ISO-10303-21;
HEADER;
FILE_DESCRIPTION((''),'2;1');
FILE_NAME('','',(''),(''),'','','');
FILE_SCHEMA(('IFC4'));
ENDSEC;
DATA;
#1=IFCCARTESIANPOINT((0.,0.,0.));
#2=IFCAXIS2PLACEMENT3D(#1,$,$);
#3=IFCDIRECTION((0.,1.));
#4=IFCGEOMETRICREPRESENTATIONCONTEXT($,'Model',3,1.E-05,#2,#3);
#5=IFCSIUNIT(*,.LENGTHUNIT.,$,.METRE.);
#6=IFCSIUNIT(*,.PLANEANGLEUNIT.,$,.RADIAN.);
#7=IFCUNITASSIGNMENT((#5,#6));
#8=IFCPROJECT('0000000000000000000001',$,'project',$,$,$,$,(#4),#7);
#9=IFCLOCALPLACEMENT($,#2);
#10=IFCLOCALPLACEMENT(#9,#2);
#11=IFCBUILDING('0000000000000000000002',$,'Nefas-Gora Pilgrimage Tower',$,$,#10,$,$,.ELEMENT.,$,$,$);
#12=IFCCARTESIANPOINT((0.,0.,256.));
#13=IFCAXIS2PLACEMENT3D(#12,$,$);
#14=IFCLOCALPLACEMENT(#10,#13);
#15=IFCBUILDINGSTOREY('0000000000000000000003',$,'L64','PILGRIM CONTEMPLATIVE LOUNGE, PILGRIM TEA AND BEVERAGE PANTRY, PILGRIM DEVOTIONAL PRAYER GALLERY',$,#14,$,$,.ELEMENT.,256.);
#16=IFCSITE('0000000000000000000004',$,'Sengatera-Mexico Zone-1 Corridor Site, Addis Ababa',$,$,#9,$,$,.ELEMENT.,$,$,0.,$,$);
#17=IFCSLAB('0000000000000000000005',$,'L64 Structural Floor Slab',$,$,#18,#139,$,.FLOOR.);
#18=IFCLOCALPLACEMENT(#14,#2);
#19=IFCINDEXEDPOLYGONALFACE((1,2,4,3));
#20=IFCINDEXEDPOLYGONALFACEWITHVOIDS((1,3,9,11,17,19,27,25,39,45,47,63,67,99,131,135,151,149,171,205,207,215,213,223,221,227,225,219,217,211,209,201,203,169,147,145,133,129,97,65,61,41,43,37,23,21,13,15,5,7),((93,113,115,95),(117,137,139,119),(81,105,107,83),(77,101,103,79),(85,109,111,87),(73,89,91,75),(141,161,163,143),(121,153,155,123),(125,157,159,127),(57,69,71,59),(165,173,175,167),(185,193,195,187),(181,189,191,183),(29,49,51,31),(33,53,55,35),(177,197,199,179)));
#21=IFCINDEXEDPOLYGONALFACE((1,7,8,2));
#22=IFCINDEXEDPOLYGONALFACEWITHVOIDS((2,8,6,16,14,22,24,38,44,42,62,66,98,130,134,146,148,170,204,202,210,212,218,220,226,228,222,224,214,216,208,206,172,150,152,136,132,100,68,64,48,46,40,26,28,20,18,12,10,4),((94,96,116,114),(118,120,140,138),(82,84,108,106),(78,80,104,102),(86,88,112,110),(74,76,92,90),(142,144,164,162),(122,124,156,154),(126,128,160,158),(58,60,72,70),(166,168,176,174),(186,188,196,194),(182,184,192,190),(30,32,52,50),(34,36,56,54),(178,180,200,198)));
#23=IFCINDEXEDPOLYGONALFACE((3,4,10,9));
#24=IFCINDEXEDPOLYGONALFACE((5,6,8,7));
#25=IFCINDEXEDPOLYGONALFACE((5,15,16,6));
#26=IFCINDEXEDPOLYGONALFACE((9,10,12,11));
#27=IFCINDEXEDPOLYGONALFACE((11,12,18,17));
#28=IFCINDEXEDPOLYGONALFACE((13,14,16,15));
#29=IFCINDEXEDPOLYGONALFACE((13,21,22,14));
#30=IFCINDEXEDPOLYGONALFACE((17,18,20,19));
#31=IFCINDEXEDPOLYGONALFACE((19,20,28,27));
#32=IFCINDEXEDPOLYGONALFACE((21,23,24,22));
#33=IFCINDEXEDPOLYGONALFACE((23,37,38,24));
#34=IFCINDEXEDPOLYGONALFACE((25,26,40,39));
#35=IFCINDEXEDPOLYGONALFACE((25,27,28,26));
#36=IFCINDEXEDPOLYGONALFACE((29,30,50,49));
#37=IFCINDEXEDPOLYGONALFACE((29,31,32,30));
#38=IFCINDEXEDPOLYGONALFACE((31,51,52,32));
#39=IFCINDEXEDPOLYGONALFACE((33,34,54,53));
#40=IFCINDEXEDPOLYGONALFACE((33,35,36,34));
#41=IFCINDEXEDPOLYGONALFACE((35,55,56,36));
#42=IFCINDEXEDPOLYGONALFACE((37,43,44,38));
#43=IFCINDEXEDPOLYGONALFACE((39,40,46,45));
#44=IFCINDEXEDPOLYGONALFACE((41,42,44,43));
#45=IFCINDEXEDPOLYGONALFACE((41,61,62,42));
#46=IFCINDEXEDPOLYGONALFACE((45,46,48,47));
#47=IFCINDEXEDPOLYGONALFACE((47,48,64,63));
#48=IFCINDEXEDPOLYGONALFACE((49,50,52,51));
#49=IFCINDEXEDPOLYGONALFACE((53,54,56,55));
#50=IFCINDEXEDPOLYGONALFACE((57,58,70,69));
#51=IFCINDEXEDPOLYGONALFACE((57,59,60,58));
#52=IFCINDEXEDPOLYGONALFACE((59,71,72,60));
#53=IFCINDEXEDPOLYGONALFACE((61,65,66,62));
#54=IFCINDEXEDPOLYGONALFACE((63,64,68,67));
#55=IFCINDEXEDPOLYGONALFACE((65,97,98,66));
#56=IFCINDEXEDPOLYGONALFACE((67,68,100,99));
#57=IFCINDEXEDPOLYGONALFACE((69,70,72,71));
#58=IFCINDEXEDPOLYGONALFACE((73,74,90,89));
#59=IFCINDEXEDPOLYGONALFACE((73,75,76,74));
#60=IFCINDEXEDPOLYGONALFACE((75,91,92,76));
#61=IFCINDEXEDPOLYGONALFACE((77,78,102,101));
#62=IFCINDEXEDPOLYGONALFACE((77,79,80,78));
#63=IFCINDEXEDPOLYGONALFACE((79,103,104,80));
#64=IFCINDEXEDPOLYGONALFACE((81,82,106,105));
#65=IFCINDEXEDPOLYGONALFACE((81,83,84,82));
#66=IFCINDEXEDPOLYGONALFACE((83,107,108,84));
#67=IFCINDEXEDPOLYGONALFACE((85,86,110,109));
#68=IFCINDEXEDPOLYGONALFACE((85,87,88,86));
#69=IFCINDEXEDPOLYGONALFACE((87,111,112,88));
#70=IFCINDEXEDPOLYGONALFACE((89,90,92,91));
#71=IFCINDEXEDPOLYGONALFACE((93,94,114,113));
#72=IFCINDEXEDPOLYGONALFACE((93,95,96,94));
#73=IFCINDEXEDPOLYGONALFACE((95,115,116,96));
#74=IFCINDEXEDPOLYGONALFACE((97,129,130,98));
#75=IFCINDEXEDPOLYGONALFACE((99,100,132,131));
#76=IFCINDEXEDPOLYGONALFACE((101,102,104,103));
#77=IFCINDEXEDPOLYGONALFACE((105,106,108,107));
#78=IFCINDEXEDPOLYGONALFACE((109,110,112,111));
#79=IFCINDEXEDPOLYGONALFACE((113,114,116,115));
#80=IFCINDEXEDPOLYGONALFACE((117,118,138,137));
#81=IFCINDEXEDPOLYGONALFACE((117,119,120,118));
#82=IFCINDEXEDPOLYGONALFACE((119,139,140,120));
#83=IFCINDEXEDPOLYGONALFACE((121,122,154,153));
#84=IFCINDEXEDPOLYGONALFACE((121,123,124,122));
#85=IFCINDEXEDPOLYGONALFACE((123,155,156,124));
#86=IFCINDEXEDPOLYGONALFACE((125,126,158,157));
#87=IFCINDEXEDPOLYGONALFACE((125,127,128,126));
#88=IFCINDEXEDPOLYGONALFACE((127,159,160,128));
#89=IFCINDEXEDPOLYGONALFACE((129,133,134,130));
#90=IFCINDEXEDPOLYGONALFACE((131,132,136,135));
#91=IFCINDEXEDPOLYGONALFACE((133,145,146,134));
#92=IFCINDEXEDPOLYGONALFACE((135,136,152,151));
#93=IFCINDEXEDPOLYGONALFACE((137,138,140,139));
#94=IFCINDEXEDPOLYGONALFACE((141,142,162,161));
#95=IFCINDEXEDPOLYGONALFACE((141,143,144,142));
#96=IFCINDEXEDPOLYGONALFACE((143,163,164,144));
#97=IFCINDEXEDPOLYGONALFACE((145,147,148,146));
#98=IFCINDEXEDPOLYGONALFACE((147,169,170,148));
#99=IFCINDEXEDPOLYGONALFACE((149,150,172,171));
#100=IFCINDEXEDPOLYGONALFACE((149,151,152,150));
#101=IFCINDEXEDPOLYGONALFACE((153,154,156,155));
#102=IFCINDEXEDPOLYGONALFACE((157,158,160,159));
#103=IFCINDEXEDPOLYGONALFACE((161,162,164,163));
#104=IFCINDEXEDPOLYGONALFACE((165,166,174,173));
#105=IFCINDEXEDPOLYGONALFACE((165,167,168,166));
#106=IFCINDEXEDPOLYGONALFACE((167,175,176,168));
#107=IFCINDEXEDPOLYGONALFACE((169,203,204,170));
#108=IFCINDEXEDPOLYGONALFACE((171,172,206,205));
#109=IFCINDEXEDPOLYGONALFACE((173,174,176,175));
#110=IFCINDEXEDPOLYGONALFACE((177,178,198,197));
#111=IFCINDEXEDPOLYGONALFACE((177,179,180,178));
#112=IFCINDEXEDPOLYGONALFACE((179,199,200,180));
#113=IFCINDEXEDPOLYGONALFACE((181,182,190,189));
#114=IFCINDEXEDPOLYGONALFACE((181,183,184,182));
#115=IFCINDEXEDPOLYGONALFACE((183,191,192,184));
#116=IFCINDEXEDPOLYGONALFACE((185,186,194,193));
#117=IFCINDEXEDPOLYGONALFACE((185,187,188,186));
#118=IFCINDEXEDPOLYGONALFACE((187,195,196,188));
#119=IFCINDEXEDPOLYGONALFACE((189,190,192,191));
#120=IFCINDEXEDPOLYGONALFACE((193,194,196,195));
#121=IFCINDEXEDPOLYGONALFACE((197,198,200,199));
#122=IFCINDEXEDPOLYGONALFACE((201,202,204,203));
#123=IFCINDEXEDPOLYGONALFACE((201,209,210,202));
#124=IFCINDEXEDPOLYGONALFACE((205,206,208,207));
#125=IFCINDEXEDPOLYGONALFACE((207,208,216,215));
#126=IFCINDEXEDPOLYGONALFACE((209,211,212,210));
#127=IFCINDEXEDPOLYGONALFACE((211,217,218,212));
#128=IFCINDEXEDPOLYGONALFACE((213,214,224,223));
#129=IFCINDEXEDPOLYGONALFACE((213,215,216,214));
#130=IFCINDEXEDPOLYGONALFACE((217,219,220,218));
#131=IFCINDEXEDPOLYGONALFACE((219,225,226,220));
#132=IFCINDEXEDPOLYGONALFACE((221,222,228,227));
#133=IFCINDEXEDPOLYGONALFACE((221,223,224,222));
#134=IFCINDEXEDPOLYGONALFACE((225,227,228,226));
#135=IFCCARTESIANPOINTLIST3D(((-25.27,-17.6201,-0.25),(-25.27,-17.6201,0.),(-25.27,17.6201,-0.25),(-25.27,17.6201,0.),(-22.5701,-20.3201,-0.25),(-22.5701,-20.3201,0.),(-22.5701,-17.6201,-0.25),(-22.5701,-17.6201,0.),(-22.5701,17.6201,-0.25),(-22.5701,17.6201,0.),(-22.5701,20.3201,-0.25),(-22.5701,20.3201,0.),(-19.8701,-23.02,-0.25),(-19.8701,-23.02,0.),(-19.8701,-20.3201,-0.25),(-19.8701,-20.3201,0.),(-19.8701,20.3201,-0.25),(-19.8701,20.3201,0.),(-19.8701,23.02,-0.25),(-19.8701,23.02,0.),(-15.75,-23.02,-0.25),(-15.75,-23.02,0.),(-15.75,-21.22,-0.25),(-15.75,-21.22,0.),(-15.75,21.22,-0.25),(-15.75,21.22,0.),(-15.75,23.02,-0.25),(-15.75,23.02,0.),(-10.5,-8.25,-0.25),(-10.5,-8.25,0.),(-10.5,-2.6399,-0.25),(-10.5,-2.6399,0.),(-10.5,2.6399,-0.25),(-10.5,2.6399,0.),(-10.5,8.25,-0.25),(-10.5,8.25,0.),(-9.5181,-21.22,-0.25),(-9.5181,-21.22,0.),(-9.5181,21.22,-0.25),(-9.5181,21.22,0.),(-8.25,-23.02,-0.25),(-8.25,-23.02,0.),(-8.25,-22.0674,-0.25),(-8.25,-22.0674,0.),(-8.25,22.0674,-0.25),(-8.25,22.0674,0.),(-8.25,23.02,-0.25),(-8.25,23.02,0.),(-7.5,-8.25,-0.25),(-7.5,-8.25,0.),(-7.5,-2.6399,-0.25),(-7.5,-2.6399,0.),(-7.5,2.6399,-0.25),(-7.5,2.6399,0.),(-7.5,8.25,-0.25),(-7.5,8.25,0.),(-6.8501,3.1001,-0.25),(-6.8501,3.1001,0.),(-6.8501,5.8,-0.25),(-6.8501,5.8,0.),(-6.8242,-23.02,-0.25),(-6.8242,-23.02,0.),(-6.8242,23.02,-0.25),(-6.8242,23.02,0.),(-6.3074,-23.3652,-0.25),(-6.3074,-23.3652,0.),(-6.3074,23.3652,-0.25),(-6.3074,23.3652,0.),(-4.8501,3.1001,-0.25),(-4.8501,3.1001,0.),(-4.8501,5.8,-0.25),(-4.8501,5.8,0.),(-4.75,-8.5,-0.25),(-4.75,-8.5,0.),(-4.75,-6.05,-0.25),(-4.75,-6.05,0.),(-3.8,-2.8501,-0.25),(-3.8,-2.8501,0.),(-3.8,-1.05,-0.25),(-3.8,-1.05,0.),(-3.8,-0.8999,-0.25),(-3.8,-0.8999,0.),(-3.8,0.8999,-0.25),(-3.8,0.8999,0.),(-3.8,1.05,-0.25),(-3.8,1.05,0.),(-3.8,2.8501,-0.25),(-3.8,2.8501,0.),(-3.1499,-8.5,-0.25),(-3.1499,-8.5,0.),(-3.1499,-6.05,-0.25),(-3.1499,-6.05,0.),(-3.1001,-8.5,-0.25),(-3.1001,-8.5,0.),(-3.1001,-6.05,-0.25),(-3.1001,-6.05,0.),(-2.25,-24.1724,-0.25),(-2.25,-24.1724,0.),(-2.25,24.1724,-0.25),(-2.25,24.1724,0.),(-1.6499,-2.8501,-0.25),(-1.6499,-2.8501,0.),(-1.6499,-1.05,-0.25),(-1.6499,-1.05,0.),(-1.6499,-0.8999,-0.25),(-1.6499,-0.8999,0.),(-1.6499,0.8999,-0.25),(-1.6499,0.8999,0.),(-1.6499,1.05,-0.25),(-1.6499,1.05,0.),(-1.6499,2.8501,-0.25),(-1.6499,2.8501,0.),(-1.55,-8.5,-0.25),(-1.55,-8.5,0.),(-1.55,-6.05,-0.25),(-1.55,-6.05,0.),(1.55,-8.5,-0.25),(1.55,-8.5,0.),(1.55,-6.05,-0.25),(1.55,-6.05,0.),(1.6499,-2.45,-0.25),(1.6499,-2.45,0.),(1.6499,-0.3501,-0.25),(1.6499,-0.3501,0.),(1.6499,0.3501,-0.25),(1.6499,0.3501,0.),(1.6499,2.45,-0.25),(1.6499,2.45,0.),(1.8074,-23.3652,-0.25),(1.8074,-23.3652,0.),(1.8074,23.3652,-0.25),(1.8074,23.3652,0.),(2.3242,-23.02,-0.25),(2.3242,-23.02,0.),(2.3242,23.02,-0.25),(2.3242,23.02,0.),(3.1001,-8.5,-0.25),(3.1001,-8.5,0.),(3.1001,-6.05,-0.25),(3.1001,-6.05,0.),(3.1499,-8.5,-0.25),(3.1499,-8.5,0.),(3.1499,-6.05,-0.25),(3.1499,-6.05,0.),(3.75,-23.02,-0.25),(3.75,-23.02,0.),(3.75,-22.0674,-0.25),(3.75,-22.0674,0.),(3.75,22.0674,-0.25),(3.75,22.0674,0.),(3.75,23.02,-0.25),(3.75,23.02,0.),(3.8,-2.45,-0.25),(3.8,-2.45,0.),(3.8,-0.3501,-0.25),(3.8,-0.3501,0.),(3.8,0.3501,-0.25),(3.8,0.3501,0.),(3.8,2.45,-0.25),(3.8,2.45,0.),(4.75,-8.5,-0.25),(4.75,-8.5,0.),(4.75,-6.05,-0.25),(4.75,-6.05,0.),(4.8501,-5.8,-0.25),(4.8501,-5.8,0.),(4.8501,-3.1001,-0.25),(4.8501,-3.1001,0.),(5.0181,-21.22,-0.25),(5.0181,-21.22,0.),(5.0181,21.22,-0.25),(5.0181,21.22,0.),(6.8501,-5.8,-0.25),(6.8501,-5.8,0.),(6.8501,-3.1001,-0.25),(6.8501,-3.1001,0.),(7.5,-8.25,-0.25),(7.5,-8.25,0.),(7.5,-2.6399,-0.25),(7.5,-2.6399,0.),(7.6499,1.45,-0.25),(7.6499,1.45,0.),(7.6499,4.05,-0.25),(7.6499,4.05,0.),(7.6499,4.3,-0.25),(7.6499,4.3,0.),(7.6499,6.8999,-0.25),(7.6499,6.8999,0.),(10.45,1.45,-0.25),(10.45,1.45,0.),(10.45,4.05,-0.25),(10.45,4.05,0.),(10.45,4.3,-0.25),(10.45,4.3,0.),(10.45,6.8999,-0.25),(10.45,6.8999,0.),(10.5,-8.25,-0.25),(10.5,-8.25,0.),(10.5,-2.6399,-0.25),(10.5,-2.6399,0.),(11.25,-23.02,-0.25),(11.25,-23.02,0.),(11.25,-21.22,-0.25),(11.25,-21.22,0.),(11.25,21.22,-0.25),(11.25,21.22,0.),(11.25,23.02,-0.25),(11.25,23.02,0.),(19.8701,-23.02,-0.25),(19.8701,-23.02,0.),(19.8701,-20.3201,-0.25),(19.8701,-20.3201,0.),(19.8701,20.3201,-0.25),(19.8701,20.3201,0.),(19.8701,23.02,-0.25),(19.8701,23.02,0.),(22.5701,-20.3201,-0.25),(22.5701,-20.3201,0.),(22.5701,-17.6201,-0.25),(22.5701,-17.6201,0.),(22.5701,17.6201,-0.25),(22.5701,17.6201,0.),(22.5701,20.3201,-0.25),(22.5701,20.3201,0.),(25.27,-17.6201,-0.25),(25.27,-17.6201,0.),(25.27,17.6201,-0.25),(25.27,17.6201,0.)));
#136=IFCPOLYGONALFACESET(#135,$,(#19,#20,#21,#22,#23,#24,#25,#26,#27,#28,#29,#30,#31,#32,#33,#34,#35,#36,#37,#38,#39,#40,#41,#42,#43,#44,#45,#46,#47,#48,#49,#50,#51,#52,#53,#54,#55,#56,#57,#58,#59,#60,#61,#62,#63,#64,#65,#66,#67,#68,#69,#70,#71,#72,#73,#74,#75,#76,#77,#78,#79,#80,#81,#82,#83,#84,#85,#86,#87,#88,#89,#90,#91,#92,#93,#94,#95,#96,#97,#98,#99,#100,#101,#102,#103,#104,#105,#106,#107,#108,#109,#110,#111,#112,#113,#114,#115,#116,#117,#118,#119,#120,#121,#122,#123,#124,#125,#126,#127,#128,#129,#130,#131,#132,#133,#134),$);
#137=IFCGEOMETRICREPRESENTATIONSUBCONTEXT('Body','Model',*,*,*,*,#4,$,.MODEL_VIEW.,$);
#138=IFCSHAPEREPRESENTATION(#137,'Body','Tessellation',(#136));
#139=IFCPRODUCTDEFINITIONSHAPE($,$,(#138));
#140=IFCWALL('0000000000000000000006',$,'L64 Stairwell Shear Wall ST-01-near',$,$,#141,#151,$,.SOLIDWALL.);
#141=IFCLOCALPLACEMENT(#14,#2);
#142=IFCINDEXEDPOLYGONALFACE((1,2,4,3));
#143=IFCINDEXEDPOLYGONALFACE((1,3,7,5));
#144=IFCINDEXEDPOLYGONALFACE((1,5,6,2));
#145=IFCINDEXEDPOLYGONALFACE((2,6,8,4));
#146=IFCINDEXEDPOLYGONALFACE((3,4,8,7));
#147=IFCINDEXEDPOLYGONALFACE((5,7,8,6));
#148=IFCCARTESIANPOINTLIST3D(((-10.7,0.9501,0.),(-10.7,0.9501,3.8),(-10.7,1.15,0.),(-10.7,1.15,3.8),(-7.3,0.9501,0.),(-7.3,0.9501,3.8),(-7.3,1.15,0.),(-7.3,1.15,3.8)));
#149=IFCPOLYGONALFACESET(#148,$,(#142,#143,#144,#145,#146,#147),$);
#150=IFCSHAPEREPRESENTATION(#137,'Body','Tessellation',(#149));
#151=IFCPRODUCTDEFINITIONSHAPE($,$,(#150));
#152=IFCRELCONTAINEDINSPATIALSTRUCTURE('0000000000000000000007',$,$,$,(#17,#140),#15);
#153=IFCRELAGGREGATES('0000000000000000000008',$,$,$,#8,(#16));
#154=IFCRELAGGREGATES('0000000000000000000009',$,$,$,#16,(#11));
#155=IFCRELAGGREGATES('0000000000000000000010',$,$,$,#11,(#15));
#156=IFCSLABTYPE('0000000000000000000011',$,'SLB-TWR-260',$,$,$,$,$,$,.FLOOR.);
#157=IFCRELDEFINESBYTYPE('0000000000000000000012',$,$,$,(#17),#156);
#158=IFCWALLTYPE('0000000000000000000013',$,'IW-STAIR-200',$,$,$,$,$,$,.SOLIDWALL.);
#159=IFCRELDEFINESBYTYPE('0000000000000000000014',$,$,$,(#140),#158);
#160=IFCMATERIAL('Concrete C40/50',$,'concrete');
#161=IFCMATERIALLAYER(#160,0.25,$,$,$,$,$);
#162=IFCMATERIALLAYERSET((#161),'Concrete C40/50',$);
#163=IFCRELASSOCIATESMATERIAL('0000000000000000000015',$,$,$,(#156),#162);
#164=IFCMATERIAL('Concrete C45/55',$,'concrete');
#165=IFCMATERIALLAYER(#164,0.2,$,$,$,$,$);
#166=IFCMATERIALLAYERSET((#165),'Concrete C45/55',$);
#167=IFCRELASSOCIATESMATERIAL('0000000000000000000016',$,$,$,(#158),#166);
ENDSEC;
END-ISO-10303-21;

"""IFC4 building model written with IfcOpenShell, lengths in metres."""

from ifc_helpers import new_model, si_unit, direction, frame, frame_2d, origin, place, context, subcontext, project, spatial, polyline, rectangle, outline, extrude, source, transform, mapped, material, layer, layer_set, type_object, element, save


model = new_model("IFC4")

# Units and contexts
model_context = context("Model", 3, precision=1e-05, world=origin(), true_north=direction((0.0, 1.0)))
body_context = subcontext(model_context, "Body", "Model", "MODEL_VIEW")
ifc_project = project(units=[si_unit("LENGTHUNIT", "METRE"), si_unit("PLANEANGLEUNIT", "RADIAN")], contexts=[model_context])

# Site, building, storey
site_placement = place(None, origin())
site = spatial("IfcSite", under=ifc_project, at=site_placement, Name="Sengatera-Mexico Zone-1 Corridor Site, Addis Ababa", CompositionType="ELEMENT", RefElevation=0.0)
building_placement = place(site_placement, origin())
building = spatial("IfcBuilding", under=site, at=building_placement, Name="Nefas-Gora Pilgrimage Tower", CompositionType="ELEMENT")
storey_placement = place(building_placement, frame((0.0, 0.0, 256.0)))
storey = spatial("IfcBuildingStorey", under=building, at=storey_placement, Name="L64", Description="PILGRIM CONTEMPLATIVE LOUNGE, PILGRIM TEA AND BEVERAGE PANTRY, PILGRIM DEVOTIONAL PRAYER GALLERY", CompositionType="ELEMENT", Elevation=256.0)

# Slab
ifc_material_1 = material(Name="Concrete C40/50", Category="concrete")
ifc_layer_1 = layer(ifc_material_1, 0.25)
ifc_layer_set_1 = layer_set([ifc_layer_1], Name="Concrete C40/50")
slab_type_1 = type_object("IfcSlabType", Name="SLB-TWR-260", PredefinedType="FLOOR", material=ifc_layer_set_1)
slab_1_placement = place(storey_placement, frame((0.0, 0.0, -0.25)))
element("IfcSlab", 1, at=slab_1_placement, inside=storey, type_object=slab_type_1, Name="L64 Structural Floor Slab", PredefinedType="FLOOR", context=body_context, shape_type="SweptSolid", body=[
    extrude(outline(polyline([(5.0181, -21.22), (11.25, -21.22), (11.25, -23.02), (19.8701, -23.02), (19.8701, -20.3201), (22.5701, -20.3201), (22.5701, -17.6201), (25.27, -17.6201), (25.27, 17.6201), (22.5701, 17.6201), (22.5701, 20.3201), (19.8701, 20.3201), (19.8701, 23.02), (11.25, 23.02), (11.25, 21.22), (5.0181, 21.22), (3.75, 22.0674), (3.75, 23.02), (2.3242, 23.02), (1.8074, 23.3652), (-2.25, 24.1724), (-6.3074, 23.3652), (-6.8242, 23.02), (-8.25, 23.02), (-8.25, 22.0674), (-9.5181, 21.22), (-15.75, 21.22), (-15.75, 23.02), (-19.8701, 23.02), (-19.8701, 20.3201), (-22.5701, 20.3201), (-22.5701, 17.6201), (-25.27, 17.6201), (-25.27, -17.6201), (-22.5701, -17.6201), (-22.5701, -20.3201), (-19.8701, -20.3201), (-19.8701, -23.02), (-15.75, -23.02), (-15.75, -21.22), (-9.5181, -21.22), (-8.25, -22.0674), (-8.25, -23.02), (-6.8242, -23.02), (-6.3074, -23.3652), (-2.25, -24.1724), (1.8074, -23.3652), (2.3242, -23.02), (3.75, -23.02), (3.75, -22.0674), (5.0181, -21.22)]), holes=[polyline([(-10.5, 2.6399), (-10.5, 8.25), (-7.5, 8.25), (-7.5, 2.6399), (-10.5, 2.6399)]), polyline([(10.5, -2.6399), (10.5, -8.25), (7.5, -8.25), (7.5, -2.6399), (10.5, -2.6399)]), polyline([(-7.5, -2.6399), (-7.5, -8.25), (-10.5, -8.25), (-10.5, -2.6399), (-7.5, -2.6399)]), polyline([(-6.8501, 5.8), (-4.8501, 5.8), (-4.8501, 3.1001), (-6.8501, 3.1001), (-6.8501, 5.8)]), polyline([(4.8501, -3.1001), (6.8501, -3.1001), (6.8501, -5.8), (4.8501, -5.8), (4.8501, -3.1001)]), polyline([(7.6499, 4.05), (10.45, 4.05), (10.45, 1.45), (7.6499, 1.45), (7.6499, 4.05)]), polyline([(7.6499, 6.8999), (10.45, 6.8999), (10.45, 4.3), (7.6499, 4.3), (7.6499, 6.8999)]), polyline([(-4.75, -6.05), (-3.1499, -6.05), (-3.1499, -8.5), (-4.75, -8.5), (-4.75, -6.05)]), polyline([(-3.1001, -6.05), (-1.55, -6.05), (-1.55, -8.5), (-3.1001, -8.5), (-3.1001, -6.05)]), polyline([(1.55, -6.05), (3.1001, -6.05), (3.1001, -8.5), (1.55, -8.5), (1.55, -6.05)]), polyline([(3.1499, -6.05), (4.75, -6.05), (4.75, -8.5), (3.1499, -8.5), (3.1499, -6.05)]), polyline([(-3.8, -1.05), (-1.6499, -1.05), (-1.6499, -2.8501), (-3.8, -2.8501), (-3.8, -1.05)]), polyline([(-3.8, 0.8999), (-1.6499, 0.8999), (-1.6499, -0.8999), (-3.8, -0.8999), (-3.8, 0.8999)]), polyline([(-3.8, 2.8501), (-1.6499, 2.8501), (-1.6499, 1.05), (-3.8, 1.05), (-3.8, 2.8501)]), polyline([(1.6499, -0.3501), (3.8, -0.3501), (3.8, -2.45), (1.6499, -2.45), (1.6499, -0.3501)]), polyline([(1.6499, 2.45), (3.8, 2.45), (3.8, 0.3501), (1.6499, 0.3501), (1.6499, 2.45)])]), origin(), (0.0, 0.0, 1.0), 0.25),
])

# Wall
ifc_material_2 = material(Name="Concrete C45/55", Category="concrete")
ifc_layer_2 = layer(ifc_material_2, 0.2)
ifc_layer_set_2 = layer_set([ifc_layer_2], Name="Concrete C45/55")
wall_type_1 = type_object("IfcWallType", Name="IW-STAIR-200", PredefinedType="SOLIDWALL", material=ifc_layer_set_2)
shared_shape_1 = source(origin(), body_context, "Body", "SweptSolid", [
    extrude(rectangle(XDim=3.3999, YDim=0.2, at=frame_2d((1.7, 0.0))), origin(), (0.0, 0.0, 1.0), 3.8),
])
wall_1_placement = place(storey_placement, frame((-7.3, 1.05, 0.0), z_axis=(0.0, 0.0, 1.0), x_axis=(-1.0, 0.0, 0.0)))
element("IfcWall", 2, at=wall_1_placement, inside=storey, type_object=wall_type_1, Name="L64 Stairwell Shear Wall ST-01-near", PredefinedType="SOLIDWALL", context=body_context, shape_type="MappedRepresentation", body=[
    mapped(shared_shape_1, transform((0.0, 0.0, 0.0), x_axis=(1.0, 0.0, 0.0), y_axis=(0.0, 1.0, 0.0), z_axis=(0.0, 0.0, 1.0), scale=1.0)),
])

save(model, "model.ifc")
